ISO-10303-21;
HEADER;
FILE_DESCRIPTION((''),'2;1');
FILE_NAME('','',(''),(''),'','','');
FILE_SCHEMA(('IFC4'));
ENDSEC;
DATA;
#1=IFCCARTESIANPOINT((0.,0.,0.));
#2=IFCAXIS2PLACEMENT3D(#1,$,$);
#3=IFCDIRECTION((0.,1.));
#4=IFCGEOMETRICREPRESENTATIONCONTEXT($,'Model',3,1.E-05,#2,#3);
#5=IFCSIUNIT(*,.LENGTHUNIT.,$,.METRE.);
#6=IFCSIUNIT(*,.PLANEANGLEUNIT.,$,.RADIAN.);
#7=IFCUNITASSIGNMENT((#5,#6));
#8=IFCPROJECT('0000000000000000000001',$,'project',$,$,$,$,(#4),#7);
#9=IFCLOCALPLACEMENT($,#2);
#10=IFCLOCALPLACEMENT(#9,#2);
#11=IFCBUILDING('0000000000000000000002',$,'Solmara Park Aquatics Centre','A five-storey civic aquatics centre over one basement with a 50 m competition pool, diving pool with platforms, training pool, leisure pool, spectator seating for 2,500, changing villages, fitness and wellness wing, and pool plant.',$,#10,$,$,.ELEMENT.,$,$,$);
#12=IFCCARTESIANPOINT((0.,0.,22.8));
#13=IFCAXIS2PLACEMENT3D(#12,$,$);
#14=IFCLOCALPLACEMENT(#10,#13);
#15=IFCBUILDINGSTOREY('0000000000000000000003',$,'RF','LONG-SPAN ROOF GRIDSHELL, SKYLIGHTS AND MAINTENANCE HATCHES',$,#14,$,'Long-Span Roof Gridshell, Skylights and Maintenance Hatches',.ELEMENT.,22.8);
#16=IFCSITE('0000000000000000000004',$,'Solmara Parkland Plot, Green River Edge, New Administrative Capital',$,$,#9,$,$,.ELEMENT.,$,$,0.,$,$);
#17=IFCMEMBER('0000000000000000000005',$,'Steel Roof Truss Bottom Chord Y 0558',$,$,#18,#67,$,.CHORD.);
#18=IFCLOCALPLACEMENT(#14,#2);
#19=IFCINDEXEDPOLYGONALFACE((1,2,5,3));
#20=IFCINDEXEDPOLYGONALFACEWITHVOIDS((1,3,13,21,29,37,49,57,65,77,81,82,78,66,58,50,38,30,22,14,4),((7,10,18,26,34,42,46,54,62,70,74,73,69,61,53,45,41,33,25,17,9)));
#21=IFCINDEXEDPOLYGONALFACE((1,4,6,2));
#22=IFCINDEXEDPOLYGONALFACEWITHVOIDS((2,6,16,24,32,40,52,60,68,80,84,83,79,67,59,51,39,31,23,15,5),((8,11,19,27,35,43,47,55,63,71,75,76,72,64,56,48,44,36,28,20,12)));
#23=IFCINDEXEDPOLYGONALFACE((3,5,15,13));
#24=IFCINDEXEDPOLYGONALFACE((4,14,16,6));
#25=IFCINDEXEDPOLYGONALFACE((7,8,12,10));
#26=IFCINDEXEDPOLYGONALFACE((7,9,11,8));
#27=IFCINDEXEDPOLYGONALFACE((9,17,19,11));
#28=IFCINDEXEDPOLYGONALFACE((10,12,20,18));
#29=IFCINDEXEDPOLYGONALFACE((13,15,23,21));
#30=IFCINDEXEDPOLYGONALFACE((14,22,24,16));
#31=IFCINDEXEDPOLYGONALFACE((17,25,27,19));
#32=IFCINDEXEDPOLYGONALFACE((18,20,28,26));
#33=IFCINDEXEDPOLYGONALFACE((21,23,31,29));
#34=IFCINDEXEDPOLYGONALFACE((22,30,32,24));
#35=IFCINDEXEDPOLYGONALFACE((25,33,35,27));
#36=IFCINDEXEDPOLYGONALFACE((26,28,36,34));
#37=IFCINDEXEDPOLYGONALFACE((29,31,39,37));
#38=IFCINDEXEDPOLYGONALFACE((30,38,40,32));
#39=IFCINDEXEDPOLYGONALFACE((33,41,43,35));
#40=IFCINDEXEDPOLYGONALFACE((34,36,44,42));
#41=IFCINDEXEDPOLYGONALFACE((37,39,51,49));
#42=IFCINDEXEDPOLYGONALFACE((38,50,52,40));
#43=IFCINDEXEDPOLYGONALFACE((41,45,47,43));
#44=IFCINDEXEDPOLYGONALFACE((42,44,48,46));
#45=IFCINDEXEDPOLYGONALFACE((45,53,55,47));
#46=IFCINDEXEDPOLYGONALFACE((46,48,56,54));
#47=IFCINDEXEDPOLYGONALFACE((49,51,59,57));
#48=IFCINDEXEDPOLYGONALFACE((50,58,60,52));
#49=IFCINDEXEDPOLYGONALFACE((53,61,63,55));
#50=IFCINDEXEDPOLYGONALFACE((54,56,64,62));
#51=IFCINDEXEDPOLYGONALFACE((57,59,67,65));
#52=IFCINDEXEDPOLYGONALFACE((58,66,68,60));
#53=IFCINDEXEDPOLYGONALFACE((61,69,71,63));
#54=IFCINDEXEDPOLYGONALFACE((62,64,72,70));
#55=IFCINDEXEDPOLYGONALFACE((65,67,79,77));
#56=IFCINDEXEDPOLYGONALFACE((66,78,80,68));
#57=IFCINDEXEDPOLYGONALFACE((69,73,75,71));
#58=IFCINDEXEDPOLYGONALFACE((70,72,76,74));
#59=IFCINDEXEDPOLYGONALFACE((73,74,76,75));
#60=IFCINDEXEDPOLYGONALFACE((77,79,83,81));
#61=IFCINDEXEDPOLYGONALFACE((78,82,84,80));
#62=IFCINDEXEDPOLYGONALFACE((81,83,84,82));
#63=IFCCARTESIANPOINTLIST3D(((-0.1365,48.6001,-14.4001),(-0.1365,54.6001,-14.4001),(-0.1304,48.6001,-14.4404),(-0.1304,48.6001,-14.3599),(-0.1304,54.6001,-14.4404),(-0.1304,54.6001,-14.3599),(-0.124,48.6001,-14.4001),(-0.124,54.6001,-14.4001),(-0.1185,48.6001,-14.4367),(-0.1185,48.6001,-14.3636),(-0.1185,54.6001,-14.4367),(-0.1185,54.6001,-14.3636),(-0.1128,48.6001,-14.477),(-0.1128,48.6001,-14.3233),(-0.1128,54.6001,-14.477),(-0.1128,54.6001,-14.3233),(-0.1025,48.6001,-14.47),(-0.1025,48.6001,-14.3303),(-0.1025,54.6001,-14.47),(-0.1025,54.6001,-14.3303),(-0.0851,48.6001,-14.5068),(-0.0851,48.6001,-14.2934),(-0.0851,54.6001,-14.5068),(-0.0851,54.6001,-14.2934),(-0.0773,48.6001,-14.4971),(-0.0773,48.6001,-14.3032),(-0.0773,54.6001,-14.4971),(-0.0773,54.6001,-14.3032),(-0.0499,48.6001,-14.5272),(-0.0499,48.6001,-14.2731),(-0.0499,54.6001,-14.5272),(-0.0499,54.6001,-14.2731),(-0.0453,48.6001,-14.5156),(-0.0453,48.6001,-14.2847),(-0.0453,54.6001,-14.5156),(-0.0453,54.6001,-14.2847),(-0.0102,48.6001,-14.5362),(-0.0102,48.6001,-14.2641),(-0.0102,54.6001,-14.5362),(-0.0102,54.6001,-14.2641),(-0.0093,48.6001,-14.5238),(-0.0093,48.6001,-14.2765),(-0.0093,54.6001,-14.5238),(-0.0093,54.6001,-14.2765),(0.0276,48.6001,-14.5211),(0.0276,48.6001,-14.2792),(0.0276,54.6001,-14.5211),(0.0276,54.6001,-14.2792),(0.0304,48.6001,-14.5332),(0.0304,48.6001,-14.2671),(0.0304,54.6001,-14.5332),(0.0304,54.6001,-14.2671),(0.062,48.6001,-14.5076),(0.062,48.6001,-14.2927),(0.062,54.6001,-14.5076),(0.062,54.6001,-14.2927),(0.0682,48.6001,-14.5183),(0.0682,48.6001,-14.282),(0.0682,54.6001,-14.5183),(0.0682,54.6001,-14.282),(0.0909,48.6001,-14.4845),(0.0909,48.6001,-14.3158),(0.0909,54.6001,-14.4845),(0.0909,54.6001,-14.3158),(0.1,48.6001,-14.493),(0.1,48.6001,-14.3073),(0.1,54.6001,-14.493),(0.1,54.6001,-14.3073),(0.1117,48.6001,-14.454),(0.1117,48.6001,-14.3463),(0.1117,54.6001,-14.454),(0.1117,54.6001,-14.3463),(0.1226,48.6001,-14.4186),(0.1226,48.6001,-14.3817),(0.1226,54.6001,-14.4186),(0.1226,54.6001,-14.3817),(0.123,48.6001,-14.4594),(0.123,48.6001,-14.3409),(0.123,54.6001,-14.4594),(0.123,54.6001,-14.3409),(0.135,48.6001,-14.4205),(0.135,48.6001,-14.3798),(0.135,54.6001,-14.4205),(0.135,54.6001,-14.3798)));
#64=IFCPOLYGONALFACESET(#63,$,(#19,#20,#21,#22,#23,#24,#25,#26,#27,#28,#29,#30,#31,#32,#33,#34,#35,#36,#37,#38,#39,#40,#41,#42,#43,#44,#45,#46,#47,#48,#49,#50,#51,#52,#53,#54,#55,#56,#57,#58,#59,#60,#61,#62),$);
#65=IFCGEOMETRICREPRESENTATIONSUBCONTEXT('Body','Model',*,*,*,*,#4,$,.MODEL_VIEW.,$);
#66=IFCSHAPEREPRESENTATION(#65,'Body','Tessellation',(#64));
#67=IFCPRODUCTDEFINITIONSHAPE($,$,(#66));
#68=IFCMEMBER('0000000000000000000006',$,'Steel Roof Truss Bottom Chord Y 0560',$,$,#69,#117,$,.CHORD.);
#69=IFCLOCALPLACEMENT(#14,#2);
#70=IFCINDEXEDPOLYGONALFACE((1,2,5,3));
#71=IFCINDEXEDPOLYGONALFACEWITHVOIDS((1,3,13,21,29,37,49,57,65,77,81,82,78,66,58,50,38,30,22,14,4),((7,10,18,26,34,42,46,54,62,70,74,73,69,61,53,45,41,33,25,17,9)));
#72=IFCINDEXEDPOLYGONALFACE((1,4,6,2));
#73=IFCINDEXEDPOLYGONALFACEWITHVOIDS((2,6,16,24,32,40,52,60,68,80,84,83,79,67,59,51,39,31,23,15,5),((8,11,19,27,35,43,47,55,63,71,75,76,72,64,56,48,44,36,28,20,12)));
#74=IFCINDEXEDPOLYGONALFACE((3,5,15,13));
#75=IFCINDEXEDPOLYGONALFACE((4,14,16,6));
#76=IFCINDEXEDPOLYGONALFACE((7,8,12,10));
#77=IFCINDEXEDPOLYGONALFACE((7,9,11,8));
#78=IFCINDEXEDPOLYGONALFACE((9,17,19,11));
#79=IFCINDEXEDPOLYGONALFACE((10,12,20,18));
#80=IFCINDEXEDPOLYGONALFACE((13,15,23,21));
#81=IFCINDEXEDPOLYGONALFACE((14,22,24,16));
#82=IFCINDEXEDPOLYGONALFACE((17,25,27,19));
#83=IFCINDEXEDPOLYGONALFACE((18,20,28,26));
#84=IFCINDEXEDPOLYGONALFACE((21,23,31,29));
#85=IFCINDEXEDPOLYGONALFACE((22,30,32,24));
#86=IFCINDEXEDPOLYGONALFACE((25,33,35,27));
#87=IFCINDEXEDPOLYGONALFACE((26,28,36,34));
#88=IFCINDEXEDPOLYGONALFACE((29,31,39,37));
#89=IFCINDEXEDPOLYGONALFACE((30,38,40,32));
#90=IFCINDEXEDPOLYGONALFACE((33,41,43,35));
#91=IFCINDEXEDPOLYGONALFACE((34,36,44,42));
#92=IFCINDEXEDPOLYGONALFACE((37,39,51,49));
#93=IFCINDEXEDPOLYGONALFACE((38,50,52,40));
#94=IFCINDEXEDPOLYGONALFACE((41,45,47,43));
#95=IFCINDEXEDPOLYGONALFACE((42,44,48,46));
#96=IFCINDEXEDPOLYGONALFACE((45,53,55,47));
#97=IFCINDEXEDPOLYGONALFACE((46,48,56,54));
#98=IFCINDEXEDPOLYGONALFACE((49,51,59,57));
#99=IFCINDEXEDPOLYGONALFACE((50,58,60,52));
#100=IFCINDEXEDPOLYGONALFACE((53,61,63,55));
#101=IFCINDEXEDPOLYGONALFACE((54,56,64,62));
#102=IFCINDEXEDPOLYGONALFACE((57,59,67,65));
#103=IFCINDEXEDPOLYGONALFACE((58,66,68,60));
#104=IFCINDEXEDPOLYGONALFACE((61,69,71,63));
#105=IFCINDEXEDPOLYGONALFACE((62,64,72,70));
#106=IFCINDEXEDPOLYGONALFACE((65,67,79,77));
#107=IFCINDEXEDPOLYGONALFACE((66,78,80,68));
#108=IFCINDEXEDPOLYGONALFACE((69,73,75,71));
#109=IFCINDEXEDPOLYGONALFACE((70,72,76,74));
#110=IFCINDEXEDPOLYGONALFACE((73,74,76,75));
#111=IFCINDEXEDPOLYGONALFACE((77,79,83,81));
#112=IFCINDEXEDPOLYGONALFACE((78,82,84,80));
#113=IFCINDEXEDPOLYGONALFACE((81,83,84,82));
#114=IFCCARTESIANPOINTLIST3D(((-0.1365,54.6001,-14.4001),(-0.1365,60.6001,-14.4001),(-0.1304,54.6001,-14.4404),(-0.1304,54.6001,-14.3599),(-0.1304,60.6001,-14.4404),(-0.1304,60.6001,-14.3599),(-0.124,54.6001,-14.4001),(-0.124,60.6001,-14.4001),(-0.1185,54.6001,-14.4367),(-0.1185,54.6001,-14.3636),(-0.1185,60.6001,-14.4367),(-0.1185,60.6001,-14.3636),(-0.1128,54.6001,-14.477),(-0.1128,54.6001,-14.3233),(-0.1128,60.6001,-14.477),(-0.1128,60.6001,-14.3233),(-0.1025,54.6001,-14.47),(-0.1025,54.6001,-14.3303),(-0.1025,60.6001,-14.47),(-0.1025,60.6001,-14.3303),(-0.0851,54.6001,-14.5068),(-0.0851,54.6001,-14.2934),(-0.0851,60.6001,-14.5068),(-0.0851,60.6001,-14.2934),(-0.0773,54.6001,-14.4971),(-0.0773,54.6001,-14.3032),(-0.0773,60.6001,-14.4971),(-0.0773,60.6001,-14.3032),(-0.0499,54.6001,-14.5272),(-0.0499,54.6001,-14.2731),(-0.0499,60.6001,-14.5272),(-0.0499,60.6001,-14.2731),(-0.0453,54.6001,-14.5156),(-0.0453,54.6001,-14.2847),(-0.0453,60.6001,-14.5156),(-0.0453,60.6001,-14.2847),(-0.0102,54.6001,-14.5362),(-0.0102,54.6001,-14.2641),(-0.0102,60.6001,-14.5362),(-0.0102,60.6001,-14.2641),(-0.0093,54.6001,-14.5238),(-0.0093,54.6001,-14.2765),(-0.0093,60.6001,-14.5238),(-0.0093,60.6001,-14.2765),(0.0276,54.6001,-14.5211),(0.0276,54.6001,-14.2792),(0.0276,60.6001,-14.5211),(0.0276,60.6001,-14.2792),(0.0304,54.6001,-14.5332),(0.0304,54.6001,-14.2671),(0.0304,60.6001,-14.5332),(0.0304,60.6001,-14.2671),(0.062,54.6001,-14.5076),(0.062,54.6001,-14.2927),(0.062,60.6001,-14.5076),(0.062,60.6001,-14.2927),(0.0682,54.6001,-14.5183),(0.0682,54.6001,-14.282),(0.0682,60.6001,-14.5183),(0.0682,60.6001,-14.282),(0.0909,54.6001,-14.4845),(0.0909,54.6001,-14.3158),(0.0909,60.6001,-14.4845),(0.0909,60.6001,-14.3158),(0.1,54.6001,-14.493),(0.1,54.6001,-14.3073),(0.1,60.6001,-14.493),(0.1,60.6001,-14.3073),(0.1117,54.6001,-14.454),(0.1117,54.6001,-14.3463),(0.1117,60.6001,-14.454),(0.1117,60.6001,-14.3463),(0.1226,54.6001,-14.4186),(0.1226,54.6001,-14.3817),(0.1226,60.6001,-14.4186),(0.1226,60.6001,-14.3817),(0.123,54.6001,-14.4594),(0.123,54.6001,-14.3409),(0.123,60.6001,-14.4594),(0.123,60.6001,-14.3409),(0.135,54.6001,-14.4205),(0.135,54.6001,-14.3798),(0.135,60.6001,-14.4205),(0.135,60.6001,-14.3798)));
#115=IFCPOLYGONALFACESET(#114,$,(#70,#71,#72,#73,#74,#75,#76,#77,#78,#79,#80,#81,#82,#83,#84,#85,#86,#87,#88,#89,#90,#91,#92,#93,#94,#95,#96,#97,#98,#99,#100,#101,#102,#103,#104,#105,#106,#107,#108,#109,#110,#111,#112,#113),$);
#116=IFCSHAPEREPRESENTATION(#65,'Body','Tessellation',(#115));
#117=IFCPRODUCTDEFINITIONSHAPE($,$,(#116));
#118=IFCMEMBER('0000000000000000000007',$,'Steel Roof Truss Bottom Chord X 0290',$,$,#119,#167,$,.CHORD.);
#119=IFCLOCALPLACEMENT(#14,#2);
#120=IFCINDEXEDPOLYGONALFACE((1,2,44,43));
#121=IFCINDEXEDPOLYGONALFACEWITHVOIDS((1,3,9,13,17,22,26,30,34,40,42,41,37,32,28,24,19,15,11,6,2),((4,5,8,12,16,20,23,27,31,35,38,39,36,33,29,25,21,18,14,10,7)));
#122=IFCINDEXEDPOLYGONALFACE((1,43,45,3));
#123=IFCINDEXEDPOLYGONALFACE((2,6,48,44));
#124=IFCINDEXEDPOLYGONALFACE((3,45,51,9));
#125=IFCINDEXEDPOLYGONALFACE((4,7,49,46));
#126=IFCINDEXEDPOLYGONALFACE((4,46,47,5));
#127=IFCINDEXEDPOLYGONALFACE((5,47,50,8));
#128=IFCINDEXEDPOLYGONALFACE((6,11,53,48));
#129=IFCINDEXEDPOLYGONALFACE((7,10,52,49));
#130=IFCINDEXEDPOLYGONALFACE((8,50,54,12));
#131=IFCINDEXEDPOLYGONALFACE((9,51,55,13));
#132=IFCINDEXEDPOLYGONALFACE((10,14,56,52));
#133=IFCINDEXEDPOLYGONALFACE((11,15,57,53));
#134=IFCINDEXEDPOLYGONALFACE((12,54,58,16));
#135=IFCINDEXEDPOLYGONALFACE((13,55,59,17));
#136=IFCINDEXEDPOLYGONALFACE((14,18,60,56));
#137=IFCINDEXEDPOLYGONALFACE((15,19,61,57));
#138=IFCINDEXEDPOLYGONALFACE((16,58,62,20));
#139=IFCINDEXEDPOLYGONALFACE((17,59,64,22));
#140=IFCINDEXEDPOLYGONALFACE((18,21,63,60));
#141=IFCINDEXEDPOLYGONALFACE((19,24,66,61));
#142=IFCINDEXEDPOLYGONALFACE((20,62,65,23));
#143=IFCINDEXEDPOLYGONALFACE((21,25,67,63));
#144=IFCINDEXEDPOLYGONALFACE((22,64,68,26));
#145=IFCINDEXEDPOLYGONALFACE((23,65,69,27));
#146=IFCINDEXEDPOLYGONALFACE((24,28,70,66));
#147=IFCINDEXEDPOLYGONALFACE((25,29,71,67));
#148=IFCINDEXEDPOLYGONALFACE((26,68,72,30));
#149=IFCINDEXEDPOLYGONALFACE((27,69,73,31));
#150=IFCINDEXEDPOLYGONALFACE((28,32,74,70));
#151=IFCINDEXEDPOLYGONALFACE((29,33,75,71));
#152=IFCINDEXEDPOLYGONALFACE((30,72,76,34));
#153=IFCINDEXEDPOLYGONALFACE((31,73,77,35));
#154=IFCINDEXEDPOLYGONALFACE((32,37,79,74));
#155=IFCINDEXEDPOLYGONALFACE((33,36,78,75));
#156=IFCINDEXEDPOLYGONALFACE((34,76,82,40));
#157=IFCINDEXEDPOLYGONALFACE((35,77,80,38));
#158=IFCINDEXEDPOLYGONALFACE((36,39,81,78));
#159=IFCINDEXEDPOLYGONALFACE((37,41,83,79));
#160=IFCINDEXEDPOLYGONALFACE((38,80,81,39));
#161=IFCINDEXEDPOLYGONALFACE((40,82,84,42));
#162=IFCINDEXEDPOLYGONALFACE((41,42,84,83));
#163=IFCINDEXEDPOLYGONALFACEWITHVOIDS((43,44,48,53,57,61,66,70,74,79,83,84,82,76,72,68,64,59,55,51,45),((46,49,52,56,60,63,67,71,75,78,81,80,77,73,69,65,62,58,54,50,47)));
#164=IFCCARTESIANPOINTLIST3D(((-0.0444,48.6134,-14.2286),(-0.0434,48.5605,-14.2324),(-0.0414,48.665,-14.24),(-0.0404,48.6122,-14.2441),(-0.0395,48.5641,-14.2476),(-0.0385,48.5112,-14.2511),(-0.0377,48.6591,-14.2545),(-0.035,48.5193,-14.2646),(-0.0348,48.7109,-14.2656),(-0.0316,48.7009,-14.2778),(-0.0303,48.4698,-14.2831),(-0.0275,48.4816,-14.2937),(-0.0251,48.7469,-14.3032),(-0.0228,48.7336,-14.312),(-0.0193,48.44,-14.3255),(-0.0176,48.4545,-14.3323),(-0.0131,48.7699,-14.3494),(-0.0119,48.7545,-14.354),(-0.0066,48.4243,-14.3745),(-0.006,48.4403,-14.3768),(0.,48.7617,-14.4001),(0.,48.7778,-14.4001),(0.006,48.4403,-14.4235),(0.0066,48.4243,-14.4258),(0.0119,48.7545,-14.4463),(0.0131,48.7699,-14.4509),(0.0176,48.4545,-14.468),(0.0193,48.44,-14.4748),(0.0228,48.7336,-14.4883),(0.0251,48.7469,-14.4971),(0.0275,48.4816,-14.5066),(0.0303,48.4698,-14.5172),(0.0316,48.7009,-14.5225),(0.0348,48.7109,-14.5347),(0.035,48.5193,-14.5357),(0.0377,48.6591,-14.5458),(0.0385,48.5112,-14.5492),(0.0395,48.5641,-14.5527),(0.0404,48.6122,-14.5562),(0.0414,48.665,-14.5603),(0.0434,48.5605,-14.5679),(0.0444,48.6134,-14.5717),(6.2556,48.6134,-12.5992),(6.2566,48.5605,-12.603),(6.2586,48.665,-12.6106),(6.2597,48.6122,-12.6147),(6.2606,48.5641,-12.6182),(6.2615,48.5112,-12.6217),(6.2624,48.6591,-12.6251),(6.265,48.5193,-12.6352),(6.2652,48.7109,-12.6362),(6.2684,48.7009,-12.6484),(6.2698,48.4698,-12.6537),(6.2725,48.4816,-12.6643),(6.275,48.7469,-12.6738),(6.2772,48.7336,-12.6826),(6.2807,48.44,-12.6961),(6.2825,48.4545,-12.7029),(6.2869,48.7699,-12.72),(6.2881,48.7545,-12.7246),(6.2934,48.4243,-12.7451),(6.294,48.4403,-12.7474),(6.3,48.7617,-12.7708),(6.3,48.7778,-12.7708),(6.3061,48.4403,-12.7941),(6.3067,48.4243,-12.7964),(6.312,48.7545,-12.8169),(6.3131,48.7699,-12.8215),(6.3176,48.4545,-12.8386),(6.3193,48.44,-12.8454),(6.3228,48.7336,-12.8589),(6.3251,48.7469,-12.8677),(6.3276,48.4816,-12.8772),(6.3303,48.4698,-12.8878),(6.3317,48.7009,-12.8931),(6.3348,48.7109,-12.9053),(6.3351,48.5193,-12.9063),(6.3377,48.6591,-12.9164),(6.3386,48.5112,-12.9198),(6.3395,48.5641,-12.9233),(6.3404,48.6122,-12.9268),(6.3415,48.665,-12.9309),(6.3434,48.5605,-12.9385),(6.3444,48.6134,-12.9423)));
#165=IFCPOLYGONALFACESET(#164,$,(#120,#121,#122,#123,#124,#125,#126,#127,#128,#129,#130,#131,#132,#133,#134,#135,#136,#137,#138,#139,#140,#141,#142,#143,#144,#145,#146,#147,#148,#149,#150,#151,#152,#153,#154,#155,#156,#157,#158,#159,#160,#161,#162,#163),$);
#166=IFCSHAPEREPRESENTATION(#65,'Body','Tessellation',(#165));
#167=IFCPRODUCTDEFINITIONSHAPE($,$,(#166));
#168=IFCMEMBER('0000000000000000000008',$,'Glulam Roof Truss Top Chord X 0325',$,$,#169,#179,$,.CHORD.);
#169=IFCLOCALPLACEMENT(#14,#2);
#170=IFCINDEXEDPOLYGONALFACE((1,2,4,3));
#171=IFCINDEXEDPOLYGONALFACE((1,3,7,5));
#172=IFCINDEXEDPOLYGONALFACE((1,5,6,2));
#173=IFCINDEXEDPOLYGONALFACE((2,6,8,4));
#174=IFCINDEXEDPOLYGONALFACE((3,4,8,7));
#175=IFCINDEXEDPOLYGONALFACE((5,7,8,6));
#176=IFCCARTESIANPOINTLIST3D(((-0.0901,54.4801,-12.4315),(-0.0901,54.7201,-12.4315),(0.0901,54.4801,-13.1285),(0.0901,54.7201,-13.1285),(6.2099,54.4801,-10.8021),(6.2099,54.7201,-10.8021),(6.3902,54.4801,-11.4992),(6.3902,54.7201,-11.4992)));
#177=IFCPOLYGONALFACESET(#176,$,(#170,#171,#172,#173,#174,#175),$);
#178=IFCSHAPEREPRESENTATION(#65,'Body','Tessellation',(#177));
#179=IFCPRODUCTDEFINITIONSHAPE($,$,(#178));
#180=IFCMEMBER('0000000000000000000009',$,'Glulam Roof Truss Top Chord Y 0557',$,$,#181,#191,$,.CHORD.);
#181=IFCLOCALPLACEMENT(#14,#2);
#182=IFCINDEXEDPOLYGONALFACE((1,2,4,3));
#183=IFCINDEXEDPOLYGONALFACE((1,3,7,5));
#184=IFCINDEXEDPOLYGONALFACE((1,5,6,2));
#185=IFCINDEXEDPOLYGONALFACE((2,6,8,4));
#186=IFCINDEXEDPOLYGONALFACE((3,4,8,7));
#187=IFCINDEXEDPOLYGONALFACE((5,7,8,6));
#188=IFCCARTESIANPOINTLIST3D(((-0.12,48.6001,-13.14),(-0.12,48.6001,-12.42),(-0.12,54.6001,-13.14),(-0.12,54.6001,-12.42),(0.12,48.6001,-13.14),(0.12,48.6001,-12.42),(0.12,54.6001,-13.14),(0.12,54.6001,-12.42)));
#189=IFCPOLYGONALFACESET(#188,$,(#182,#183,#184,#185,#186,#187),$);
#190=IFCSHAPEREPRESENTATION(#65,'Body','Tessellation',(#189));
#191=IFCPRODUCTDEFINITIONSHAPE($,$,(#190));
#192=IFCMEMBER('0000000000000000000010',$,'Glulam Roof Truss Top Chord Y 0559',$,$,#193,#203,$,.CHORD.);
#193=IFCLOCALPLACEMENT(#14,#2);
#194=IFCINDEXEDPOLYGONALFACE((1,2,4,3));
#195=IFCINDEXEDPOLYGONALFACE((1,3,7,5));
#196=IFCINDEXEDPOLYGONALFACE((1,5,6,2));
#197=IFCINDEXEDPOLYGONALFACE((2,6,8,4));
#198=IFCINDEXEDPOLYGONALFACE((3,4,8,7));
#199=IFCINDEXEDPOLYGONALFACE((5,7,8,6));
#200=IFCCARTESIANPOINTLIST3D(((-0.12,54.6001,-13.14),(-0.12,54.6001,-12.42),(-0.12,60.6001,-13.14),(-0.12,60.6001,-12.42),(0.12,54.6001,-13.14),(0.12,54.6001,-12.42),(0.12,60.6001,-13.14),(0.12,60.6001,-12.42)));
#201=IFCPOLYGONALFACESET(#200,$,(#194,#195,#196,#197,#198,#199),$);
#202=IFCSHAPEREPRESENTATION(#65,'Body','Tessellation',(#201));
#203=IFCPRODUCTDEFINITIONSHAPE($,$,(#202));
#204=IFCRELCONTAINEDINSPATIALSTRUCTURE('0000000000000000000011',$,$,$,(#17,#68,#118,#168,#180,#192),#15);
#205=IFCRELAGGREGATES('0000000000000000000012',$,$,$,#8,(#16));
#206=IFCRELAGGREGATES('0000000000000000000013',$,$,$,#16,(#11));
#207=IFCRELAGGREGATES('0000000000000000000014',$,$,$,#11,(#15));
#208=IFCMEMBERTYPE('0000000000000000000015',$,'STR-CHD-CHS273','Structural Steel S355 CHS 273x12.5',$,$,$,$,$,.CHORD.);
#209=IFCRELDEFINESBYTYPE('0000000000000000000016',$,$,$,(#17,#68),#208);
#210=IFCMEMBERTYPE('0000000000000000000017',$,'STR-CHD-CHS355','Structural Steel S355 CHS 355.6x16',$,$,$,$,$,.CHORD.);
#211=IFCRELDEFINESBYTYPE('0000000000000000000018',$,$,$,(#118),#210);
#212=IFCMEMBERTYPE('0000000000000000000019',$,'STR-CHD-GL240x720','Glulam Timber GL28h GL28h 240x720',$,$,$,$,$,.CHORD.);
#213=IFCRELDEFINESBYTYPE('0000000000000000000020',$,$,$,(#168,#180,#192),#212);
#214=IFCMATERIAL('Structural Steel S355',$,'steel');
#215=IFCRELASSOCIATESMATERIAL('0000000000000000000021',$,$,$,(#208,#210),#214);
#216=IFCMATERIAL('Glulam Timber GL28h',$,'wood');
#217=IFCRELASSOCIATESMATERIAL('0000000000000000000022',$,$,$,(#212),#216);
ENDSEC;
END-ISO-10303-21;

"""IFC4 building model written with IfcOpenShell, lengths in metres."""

from ifc_helpers import new_model, si_unit, direction, frame, origin, origin_2d, place, context, subcontext, project, spatial, rectangle, hollow_circle, extrude, material, material_profile, profile_set, type_object, element, save


model = new_model("IFC4")

# Units and contexts
model_context = context("Model", 3, precision=1e-05, world=origin(), true_north=direction((0.0, 1.0)))
body_context = subcontext(model_context, "Body", "Model", "MODEL_VIEW")
ifc_project = project(units=[si_unit("LENGTHUNIT", "METRE"), si_unit("PLANEANGLEUNIT", "RADIAN")], contexts=[model_context])

# Site, building, storey
site_placement = place(None, origin())
site = spatial("IfcSite", under=ifc_project, at=site_placement, Name="Solmara Parkland Plot, Green River Edge, New Administrative Capital", CompositionType="ELEMENT", RefElevation=0.0)
building_placement = place(site_placement, origin())
building = spatial("IfcBuilding", under=site, at=building_placement, Name="Solmara Park Aquatics Centre", Description="A five-storey civic aquatics centre over one basement with a 50 m competition pool, diving pool with platforms, training pool, leisure pool, spectator seating for 2,500, changing villages, fitness and wellness wing, and pool plant.", CompositionType="ELEMENT")
storey_placement = place(building_placement, frame((0.0, 0.0, 22.8)))
storey = spatial("IfcBuildingStorey", under=building, at=storey_placement, Name="RF", Description="LONG-SPAN ROOF GRIDSHELL, SKYLIGHTS AND MAINTENANCE HATCHES", LongName="Long-Span Roof Gridshell, Skylights and Maintenance Hatches", CompositionType="ELEMENT", Elevation=22.8)

# Members
ifc_material_1 = material(Name="Structural Steel S355", Category="steel")
ifc_material_profile_1 = material_profile(ifc_material_1, hollow_circle(Radius=0.1365, WallThickness=0.0125, at=origin_2d()), Name="CHS 273x12.5")
ifc_profile_set_1 = profile_set([ifc_material_profile_1], Name="Structural Steel S355")
member_type_1 = type_object("IfcMemberType", Name="STR-CHD-CHS273", Description="Structural Steel S355 CHS 273x12.5", PredefinedType="CHORD", material=ifc_profile_set_1)
for number, where, z_axis, x_axis, name in (
    (1, (0.0, 48.6001, -14.4001), (0.0, 1.0, 0.0), (-1.0, 0.0, 0.0), "Steel Roof Truss Bottom Chord Y 0558"),
    (2, (0.0, 54.6001, -14.4001), (0.0, 1.0, 0.0), (-1.0, 0.0, 0.0), "Steel Roof Truss Bottom Chord Y 0560"),
):
    element("IfcMember", number, at=place(storey_placement, frame(where, z_axis=z_axis, x_axis=x_axis)), inside=storey, type_object=member_type_1, Name=name, PredefinedType="CHORD", context=body_context, shape_type="SweptSolid", body=[
        extrude(hollow_circle(Radius=0.1365, WallThickness=0.0125, at=origin_2d()), origin(), (0.0, 0.0, 1.0), 6.0),
    ])
ifc_material_profile_2 = material_profile(ifc_material_1, hollow_circle(Radius=0.1777, WallThickness=0.0161, at=origin_2d()), Name="CHS 355.6x16")
ifc_profile_set_2 = profile_set([ifc_material_profile_2], Name="Structural Steel S355")
member_type_2 = type_object("IfcMemberType", Name="STR-CHD-CHS355", Description="Structural Steel S355 CHS 355.6x16", PredefinedType="CHORD", material=ifc_profile_set_2)
member_1_placement = place(storey_placement, frame((0.0, 48.6001, -14.4001), z_axis=(0.968144, 0.0, 0.250393), x_axis=(0.0, 1.0, 0.0)))
element("IfcMember", 3, at=member_1_placement, inside=storey, type_object=member_type_2, Name="Steel Roof Truss Bottom Chord X 0290", PredefinedType="CHORD", context=body_context, shape_type="SweptSolid", body=[
    extrude(hollow_circle(Radius=0.1777, WallThickness=0.0161, at=origin_2d()), origin(), (0.0, 0.0, 1.0), 6.5073),
])
ifc_material_2 = material(Name="Glulam Timber GL28h", Category="wood")
ifc_material_profile_3 = material_profile(ifc_material_2, rectangle(XDim=0.24, YDim=0.72, at=origin_2d()), Name="GL28h 240x720")
ifc_profile_set_3 = profile_set([ifc_material_profile_3], Name="Glulam Timber GL28h")
member_type_3 = type_object("IfcMemberType", Name="STR-CHD-GL240x720", Description="Glulam Timber GL28h GL28h 240x720", PredefinedType="CHORD", material=ifc_profile_set_3)
member_2_placement = place(storey_placement, frame((0.0, 54.6001, -12.78), z_axis=(0.968144, 0.0, 0.250393), x_axis=(0.0, 1.0, 0.0)))
element("IfcMember", 4, at=member_2_placement, inside=storey, type_object=member_type_3, Name="Glulam Roof Truss Top Chord X 0325", PredefinedType="CHORD", context=body_context, shape_type="SweptSolid", body=[
    extrude(rectangle(XDim=0.24, YDim=0.72, at=origin_2d()), origin(), (0.0, 0.0, 1.0), 6.5073),
])
for number, where, z_axis, x_axis, name in (
    (5, (0.0, 48.6001, -12.78), (0.0, 1.0, 0.0), (-1.0, 0.0, 0.0), "Glulam Roof Truss Top Chord Y 0557"),
    (6, (0.0, 54.6001, -12.78), (0.0, 1.0, 0.0), (-1.0, 0.0, 0.0), "Glulam Roof Truss Top Chord Y 0559"),
):
    element("IfcMember", number, at=place(storey_placement, frame(where, z_axis=z_axis, x_axis=x_axis)), inside=storey, type_object=member_type_3, Name=name, PredefinedType="CHORD", context=body_context, shape_type="SweptSolid", body=[
        extrude(rectangle(XDim=0.24, YDim=0.72, at=origin_2d()), origin(), (0.0, 0.0, 1.0), 6.0),
    ])

save(model, "model.ifc")
